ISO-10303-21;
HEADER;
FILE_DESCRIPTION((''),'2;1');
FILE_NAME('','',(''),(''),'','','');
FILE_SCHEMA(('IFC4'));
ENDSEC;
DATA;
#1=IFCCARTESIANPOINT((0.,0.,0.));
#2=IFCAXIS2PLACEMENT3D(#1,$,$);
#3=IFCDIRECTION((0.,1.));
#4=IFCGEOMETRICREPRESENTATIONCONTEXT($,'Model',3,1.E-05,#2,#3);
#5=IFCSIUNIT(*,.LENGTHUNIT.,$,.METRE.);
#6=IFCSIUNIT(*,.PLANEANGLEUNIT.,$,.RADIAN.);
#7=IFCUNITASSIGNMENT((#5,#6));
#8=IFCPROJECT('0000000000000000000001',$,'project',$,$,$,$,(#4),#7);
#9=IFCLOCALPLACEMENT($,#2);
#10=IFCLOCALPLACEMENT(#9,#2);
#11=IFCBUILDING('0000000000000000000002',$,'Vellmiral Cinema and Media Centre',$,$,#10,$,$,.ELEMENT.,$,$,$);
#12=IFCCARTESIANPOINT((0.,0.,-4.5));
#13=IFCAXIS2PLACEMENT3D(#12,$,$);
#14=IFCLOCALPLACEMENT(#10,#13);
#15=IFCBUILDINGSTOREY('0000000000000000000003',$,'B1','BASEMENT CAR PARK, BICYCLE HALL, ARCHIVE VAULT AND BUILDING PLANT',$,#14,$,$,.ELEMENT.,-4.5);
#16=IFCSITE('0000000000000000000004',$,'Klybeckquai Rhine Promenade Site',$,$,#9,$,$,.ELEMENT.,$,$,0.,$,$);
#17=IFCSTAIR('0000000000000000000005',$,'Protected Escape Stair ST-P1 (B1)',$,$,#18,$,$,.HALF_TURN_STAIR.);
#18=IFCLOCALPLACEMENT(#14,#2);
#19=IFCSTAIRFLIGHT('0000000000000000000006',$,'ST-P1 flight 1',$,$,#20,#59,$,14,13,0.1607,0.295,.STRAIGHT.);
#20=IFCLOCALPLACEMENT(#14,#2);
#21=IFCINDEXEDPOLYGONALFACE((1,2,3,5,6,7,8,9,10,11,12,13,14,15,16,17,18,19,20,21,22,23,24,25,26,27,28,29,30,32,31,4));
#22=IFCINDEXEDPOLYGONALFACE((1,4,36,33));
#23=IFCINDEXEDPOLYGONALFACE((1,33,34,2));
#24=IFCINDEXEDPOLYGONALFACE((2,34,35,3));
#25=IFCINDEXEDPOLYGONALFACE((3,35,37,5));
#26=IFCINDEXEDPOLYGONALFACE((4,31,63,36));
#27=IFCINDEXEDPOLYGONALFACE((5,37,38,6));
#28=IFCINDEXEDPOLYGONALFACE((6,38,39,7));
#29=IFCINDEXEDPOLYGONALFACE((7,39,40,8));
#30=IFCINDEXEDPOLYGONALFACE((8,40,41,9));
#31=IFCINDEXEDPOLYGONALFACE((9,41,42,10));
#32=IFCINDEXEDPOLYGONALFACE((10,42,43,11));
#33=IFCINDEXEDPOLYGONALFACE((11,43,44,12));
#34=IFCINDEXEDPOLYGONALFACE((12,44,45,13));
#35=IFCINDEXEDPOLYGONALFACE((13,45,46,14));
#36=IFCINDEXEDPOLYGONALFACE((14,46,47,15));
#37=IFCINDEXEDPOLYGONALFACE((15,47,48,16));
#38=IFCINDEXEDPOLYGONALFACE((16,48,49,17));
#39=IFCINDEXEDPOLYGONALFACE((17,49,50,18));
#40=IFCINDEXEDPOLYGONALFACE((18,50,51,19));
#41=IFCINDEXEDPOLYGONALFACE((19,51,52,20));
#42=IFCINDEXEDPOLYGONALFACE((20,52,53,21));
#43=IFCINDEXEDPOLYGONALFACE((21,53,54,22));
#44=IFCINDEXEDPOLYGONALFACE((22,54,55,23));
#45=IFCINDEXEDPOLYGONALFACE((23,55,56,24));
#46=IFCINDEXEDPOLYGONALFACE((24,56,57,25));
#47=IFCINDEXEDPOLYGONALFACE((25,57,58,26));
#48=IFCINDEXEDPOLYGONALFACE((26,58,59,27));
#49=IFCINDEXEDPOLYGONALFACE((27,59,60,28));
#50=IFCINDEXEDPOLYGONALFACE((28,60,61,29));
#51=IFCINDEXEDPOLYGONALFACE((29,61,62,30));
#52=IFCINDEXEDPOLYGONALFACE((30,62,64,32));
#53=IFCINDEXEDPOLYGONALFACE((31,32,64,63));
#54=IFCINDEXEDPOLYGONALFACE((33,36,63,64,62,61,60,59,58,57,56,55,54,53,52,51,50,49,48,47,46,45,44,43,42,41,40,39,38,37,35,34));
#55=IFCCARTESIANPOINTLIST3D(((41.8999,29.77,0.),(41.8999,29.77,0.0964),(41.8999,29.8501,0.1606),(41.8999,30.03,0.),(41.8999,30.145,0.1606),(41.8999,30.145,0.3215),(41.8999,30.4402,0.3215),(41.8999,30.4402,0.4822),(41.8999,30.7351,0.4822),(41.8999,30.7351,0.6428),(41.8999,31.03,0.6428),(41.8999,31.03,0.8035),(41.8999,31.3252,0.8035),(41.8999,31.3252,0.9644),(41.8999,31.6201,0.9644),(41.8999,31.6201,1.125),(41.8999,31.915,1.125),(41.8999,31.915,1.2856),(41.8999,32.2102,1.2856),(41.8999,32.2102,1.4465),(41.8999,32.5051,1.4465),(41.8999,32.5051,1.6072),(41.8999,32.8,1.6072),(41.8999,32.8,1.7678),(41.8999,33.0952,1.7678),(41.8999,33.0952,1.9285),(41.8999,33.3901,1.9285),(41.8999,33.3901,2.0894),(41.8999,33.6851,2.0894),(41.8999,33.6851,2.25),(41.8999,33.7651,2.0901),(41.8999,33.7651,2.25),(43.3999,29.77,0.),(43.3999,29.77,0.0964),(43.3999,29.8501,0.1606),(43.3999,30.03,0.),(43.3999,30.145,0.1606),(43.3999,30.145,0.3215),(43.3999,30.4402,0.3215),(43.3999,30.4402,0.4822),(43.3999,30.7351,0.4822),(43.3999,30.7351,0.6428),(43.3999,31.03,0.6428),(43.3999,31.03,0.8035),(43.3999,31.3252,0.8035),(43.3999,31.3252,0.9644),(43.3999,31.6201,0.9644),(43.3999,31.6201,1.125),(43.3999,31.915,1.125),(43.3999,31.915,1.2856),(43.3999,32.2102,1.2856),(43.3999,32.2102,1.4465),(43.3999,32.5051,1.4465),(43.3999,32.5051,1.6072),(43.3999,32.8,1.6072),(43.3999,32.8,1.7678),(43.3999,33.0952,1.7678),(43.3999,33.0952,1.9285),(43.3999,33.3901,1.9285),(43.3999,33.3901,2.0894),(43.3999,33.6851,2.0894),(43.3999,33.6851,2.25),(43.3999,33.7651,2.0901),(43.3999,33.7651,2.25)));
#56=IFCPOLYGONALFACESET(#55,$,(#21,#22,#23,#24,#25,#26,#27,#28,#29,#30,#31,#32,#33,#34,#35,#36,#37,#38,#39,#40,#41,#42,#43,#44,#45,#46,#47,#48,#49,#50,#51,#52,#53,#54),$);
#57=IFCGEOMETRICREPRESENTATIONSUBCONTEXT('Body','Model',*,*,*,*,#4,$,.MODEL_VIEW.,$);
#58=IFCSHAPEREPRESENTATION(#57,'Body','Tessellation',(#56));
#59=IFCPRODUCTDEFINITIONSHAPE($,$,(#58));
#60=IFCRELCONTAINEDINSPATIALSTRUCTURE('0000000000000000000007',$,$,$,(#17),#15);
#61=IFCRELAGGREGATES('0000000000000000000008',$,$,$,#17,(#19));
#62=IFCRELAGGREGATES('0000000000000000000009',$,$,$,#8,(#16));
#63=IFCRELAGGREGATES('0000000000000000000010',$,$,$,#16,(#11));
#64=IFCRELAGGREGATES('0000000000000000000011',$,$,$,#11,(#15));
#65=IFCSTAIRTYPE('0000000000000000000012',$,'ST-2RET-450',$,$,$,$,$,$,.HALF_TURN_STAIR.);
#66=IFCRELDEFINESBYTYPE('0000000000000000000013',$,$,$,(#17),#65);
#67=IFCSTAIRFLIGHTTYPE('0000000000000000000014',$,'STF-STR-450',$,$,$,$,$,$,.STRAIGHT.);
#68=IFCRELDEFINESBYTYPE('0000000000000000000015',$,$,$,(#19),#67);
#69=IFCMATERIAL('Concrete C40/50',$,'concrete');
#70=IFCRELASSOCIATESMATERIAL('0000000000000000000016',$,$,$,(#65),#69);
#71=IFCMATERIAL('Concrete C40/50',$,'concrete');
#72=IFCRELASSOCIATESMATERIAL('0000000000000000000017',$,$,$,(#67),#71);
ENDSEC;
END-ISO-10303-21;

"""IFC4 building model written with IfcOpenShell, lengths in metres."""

from ifc_helpers import new_model, si_unit, direction, frame, origin, place, context, subcontext, project, spatial, polyline, outline, extrude, material, type_object, element, aggregate, save


model = new_model("IFC4")

# Units and contexts
model_context = context("Model", 3, precision=1e-05, world=origin(), true_north=direction((0.0, 1.0)))
body_context = subcontext(model_context, "Body", "Model", "MODEL_VIEW")
ifc_project = project(units=[si_unit("LENGTHUNIT", "METRE"), si_unit("PLANEANGLEUNIT", "RADIAN")], contexts=[model_context])

# Site, building, storey
site_placement = place(None, origin())
site = spatial("IfcSite", under=ifc_project, at=site_placement, Name="Klybeckquai Rhine Promenade Site", CompositionType="ELEMENT", RefElevation=0.0)
building_placement = place(site_placement, origin())
building = spatial("IfcBuilding", under=site, at=building_placement, Name="Vellmiral Cinema and Media Centre", CompositionType="ELEMENT")
storey_placement = place(building_placement, frame((0.0, 0.0, -4.5)))
storey = spatial("IfcBuildingStorey", under=building, at=storey_placement, Name="B1", Description="BASEMENT CAR PARK, BICYCLE HALL, ARCHIVE VAULT AND BUILDING PLANT", CompositionType="ELEMENT", Elevation=-4.5)

# Stair, stair flight
ifc_material_1 = material(Name="Concrete C40/50", Category="concrete")
stair_type = type_object("IfcStairType", Name="ST-2RET-450", PredefinedType="HALF_TURN_STAIR", material=ifc_material_1)
stair_placement = place(storey_placement, origin())
stair = element("IfcStair", 1, at=stair_placement, inside=storey, type_object=stair_type, Name="Protected Escape Stair ST-P1 (B1)", PredefinedType="HALF_TURN_STAIR")
ifc_material_2 = material(Name="Concrete C40/50", Category="concrete")
stair_flight_type = type_object("IfcStairFlightType", Name="STF-STR-450", PredefinedType="STRAIGHT", material=ifc_material_2)
stair_flight_placement = place(storey_placement, frame((42.6499, 29.8501, 0.0), z_axis=(0.0, 0.0, 1.0), x_axis=(0.0, 1.0, 0.0)))
stair_flight = element("IfcStairFlight", 2, at=stair_flight_placement, type_object=stair_flight_type, Name="ST-P1 flight 1", NumberOfRisers=14, NumberOfTreads=13, PredefinedType="STRAIGHT", RiserHeight=0.1607, TreadLength=0.295, context=body_context, shape_type="SweptSolid", body=[
    extrude(outline(polyline([(-0.0801, 0.0), (-0.0801, 0.0964), (0.0, 0.1606), (0.2949, 0.1606), (0.2949, 0.3215), (0.5901, 0.3215), (0.5901, 0.4822), (0.885, 0.4822), (0.885, 0.6428), (1.1799, 0.6428), (1.1799, 0.8035), (1.4751, 0.8035), (1.4751, 0.9644), (1.77, 0.9644), (1.77, 1.125), (2.0649, 1.125), (2.0649, 1.2856), (2.3601, 1.2856), (2.3601, 1.4465), (2.655, 1.4465), (2.655, 1.6072), (2.95, 1.6072), (2.95, 1.7678), (3.2451, 1.7678), (3.2451, 1.9285), (3.54, 1.9285), (3.54, 2.0894), (3.835, 2.0894), (3.835, 2.25), (3.915, 2.25), (3.915, 2.0901), (0.1799, 0.0), (-0.0801, 0.0)])), frame((0.0, 0.75, 0.0), z_axis=(0.0, -1.0, 0.0), x_axis=(1.0, 0.0, 0.0)), (0.0, 0.0, 1.0), 1.5),
])
aggregate(stair, [stair_flight])

save(model, "model.ifc")
